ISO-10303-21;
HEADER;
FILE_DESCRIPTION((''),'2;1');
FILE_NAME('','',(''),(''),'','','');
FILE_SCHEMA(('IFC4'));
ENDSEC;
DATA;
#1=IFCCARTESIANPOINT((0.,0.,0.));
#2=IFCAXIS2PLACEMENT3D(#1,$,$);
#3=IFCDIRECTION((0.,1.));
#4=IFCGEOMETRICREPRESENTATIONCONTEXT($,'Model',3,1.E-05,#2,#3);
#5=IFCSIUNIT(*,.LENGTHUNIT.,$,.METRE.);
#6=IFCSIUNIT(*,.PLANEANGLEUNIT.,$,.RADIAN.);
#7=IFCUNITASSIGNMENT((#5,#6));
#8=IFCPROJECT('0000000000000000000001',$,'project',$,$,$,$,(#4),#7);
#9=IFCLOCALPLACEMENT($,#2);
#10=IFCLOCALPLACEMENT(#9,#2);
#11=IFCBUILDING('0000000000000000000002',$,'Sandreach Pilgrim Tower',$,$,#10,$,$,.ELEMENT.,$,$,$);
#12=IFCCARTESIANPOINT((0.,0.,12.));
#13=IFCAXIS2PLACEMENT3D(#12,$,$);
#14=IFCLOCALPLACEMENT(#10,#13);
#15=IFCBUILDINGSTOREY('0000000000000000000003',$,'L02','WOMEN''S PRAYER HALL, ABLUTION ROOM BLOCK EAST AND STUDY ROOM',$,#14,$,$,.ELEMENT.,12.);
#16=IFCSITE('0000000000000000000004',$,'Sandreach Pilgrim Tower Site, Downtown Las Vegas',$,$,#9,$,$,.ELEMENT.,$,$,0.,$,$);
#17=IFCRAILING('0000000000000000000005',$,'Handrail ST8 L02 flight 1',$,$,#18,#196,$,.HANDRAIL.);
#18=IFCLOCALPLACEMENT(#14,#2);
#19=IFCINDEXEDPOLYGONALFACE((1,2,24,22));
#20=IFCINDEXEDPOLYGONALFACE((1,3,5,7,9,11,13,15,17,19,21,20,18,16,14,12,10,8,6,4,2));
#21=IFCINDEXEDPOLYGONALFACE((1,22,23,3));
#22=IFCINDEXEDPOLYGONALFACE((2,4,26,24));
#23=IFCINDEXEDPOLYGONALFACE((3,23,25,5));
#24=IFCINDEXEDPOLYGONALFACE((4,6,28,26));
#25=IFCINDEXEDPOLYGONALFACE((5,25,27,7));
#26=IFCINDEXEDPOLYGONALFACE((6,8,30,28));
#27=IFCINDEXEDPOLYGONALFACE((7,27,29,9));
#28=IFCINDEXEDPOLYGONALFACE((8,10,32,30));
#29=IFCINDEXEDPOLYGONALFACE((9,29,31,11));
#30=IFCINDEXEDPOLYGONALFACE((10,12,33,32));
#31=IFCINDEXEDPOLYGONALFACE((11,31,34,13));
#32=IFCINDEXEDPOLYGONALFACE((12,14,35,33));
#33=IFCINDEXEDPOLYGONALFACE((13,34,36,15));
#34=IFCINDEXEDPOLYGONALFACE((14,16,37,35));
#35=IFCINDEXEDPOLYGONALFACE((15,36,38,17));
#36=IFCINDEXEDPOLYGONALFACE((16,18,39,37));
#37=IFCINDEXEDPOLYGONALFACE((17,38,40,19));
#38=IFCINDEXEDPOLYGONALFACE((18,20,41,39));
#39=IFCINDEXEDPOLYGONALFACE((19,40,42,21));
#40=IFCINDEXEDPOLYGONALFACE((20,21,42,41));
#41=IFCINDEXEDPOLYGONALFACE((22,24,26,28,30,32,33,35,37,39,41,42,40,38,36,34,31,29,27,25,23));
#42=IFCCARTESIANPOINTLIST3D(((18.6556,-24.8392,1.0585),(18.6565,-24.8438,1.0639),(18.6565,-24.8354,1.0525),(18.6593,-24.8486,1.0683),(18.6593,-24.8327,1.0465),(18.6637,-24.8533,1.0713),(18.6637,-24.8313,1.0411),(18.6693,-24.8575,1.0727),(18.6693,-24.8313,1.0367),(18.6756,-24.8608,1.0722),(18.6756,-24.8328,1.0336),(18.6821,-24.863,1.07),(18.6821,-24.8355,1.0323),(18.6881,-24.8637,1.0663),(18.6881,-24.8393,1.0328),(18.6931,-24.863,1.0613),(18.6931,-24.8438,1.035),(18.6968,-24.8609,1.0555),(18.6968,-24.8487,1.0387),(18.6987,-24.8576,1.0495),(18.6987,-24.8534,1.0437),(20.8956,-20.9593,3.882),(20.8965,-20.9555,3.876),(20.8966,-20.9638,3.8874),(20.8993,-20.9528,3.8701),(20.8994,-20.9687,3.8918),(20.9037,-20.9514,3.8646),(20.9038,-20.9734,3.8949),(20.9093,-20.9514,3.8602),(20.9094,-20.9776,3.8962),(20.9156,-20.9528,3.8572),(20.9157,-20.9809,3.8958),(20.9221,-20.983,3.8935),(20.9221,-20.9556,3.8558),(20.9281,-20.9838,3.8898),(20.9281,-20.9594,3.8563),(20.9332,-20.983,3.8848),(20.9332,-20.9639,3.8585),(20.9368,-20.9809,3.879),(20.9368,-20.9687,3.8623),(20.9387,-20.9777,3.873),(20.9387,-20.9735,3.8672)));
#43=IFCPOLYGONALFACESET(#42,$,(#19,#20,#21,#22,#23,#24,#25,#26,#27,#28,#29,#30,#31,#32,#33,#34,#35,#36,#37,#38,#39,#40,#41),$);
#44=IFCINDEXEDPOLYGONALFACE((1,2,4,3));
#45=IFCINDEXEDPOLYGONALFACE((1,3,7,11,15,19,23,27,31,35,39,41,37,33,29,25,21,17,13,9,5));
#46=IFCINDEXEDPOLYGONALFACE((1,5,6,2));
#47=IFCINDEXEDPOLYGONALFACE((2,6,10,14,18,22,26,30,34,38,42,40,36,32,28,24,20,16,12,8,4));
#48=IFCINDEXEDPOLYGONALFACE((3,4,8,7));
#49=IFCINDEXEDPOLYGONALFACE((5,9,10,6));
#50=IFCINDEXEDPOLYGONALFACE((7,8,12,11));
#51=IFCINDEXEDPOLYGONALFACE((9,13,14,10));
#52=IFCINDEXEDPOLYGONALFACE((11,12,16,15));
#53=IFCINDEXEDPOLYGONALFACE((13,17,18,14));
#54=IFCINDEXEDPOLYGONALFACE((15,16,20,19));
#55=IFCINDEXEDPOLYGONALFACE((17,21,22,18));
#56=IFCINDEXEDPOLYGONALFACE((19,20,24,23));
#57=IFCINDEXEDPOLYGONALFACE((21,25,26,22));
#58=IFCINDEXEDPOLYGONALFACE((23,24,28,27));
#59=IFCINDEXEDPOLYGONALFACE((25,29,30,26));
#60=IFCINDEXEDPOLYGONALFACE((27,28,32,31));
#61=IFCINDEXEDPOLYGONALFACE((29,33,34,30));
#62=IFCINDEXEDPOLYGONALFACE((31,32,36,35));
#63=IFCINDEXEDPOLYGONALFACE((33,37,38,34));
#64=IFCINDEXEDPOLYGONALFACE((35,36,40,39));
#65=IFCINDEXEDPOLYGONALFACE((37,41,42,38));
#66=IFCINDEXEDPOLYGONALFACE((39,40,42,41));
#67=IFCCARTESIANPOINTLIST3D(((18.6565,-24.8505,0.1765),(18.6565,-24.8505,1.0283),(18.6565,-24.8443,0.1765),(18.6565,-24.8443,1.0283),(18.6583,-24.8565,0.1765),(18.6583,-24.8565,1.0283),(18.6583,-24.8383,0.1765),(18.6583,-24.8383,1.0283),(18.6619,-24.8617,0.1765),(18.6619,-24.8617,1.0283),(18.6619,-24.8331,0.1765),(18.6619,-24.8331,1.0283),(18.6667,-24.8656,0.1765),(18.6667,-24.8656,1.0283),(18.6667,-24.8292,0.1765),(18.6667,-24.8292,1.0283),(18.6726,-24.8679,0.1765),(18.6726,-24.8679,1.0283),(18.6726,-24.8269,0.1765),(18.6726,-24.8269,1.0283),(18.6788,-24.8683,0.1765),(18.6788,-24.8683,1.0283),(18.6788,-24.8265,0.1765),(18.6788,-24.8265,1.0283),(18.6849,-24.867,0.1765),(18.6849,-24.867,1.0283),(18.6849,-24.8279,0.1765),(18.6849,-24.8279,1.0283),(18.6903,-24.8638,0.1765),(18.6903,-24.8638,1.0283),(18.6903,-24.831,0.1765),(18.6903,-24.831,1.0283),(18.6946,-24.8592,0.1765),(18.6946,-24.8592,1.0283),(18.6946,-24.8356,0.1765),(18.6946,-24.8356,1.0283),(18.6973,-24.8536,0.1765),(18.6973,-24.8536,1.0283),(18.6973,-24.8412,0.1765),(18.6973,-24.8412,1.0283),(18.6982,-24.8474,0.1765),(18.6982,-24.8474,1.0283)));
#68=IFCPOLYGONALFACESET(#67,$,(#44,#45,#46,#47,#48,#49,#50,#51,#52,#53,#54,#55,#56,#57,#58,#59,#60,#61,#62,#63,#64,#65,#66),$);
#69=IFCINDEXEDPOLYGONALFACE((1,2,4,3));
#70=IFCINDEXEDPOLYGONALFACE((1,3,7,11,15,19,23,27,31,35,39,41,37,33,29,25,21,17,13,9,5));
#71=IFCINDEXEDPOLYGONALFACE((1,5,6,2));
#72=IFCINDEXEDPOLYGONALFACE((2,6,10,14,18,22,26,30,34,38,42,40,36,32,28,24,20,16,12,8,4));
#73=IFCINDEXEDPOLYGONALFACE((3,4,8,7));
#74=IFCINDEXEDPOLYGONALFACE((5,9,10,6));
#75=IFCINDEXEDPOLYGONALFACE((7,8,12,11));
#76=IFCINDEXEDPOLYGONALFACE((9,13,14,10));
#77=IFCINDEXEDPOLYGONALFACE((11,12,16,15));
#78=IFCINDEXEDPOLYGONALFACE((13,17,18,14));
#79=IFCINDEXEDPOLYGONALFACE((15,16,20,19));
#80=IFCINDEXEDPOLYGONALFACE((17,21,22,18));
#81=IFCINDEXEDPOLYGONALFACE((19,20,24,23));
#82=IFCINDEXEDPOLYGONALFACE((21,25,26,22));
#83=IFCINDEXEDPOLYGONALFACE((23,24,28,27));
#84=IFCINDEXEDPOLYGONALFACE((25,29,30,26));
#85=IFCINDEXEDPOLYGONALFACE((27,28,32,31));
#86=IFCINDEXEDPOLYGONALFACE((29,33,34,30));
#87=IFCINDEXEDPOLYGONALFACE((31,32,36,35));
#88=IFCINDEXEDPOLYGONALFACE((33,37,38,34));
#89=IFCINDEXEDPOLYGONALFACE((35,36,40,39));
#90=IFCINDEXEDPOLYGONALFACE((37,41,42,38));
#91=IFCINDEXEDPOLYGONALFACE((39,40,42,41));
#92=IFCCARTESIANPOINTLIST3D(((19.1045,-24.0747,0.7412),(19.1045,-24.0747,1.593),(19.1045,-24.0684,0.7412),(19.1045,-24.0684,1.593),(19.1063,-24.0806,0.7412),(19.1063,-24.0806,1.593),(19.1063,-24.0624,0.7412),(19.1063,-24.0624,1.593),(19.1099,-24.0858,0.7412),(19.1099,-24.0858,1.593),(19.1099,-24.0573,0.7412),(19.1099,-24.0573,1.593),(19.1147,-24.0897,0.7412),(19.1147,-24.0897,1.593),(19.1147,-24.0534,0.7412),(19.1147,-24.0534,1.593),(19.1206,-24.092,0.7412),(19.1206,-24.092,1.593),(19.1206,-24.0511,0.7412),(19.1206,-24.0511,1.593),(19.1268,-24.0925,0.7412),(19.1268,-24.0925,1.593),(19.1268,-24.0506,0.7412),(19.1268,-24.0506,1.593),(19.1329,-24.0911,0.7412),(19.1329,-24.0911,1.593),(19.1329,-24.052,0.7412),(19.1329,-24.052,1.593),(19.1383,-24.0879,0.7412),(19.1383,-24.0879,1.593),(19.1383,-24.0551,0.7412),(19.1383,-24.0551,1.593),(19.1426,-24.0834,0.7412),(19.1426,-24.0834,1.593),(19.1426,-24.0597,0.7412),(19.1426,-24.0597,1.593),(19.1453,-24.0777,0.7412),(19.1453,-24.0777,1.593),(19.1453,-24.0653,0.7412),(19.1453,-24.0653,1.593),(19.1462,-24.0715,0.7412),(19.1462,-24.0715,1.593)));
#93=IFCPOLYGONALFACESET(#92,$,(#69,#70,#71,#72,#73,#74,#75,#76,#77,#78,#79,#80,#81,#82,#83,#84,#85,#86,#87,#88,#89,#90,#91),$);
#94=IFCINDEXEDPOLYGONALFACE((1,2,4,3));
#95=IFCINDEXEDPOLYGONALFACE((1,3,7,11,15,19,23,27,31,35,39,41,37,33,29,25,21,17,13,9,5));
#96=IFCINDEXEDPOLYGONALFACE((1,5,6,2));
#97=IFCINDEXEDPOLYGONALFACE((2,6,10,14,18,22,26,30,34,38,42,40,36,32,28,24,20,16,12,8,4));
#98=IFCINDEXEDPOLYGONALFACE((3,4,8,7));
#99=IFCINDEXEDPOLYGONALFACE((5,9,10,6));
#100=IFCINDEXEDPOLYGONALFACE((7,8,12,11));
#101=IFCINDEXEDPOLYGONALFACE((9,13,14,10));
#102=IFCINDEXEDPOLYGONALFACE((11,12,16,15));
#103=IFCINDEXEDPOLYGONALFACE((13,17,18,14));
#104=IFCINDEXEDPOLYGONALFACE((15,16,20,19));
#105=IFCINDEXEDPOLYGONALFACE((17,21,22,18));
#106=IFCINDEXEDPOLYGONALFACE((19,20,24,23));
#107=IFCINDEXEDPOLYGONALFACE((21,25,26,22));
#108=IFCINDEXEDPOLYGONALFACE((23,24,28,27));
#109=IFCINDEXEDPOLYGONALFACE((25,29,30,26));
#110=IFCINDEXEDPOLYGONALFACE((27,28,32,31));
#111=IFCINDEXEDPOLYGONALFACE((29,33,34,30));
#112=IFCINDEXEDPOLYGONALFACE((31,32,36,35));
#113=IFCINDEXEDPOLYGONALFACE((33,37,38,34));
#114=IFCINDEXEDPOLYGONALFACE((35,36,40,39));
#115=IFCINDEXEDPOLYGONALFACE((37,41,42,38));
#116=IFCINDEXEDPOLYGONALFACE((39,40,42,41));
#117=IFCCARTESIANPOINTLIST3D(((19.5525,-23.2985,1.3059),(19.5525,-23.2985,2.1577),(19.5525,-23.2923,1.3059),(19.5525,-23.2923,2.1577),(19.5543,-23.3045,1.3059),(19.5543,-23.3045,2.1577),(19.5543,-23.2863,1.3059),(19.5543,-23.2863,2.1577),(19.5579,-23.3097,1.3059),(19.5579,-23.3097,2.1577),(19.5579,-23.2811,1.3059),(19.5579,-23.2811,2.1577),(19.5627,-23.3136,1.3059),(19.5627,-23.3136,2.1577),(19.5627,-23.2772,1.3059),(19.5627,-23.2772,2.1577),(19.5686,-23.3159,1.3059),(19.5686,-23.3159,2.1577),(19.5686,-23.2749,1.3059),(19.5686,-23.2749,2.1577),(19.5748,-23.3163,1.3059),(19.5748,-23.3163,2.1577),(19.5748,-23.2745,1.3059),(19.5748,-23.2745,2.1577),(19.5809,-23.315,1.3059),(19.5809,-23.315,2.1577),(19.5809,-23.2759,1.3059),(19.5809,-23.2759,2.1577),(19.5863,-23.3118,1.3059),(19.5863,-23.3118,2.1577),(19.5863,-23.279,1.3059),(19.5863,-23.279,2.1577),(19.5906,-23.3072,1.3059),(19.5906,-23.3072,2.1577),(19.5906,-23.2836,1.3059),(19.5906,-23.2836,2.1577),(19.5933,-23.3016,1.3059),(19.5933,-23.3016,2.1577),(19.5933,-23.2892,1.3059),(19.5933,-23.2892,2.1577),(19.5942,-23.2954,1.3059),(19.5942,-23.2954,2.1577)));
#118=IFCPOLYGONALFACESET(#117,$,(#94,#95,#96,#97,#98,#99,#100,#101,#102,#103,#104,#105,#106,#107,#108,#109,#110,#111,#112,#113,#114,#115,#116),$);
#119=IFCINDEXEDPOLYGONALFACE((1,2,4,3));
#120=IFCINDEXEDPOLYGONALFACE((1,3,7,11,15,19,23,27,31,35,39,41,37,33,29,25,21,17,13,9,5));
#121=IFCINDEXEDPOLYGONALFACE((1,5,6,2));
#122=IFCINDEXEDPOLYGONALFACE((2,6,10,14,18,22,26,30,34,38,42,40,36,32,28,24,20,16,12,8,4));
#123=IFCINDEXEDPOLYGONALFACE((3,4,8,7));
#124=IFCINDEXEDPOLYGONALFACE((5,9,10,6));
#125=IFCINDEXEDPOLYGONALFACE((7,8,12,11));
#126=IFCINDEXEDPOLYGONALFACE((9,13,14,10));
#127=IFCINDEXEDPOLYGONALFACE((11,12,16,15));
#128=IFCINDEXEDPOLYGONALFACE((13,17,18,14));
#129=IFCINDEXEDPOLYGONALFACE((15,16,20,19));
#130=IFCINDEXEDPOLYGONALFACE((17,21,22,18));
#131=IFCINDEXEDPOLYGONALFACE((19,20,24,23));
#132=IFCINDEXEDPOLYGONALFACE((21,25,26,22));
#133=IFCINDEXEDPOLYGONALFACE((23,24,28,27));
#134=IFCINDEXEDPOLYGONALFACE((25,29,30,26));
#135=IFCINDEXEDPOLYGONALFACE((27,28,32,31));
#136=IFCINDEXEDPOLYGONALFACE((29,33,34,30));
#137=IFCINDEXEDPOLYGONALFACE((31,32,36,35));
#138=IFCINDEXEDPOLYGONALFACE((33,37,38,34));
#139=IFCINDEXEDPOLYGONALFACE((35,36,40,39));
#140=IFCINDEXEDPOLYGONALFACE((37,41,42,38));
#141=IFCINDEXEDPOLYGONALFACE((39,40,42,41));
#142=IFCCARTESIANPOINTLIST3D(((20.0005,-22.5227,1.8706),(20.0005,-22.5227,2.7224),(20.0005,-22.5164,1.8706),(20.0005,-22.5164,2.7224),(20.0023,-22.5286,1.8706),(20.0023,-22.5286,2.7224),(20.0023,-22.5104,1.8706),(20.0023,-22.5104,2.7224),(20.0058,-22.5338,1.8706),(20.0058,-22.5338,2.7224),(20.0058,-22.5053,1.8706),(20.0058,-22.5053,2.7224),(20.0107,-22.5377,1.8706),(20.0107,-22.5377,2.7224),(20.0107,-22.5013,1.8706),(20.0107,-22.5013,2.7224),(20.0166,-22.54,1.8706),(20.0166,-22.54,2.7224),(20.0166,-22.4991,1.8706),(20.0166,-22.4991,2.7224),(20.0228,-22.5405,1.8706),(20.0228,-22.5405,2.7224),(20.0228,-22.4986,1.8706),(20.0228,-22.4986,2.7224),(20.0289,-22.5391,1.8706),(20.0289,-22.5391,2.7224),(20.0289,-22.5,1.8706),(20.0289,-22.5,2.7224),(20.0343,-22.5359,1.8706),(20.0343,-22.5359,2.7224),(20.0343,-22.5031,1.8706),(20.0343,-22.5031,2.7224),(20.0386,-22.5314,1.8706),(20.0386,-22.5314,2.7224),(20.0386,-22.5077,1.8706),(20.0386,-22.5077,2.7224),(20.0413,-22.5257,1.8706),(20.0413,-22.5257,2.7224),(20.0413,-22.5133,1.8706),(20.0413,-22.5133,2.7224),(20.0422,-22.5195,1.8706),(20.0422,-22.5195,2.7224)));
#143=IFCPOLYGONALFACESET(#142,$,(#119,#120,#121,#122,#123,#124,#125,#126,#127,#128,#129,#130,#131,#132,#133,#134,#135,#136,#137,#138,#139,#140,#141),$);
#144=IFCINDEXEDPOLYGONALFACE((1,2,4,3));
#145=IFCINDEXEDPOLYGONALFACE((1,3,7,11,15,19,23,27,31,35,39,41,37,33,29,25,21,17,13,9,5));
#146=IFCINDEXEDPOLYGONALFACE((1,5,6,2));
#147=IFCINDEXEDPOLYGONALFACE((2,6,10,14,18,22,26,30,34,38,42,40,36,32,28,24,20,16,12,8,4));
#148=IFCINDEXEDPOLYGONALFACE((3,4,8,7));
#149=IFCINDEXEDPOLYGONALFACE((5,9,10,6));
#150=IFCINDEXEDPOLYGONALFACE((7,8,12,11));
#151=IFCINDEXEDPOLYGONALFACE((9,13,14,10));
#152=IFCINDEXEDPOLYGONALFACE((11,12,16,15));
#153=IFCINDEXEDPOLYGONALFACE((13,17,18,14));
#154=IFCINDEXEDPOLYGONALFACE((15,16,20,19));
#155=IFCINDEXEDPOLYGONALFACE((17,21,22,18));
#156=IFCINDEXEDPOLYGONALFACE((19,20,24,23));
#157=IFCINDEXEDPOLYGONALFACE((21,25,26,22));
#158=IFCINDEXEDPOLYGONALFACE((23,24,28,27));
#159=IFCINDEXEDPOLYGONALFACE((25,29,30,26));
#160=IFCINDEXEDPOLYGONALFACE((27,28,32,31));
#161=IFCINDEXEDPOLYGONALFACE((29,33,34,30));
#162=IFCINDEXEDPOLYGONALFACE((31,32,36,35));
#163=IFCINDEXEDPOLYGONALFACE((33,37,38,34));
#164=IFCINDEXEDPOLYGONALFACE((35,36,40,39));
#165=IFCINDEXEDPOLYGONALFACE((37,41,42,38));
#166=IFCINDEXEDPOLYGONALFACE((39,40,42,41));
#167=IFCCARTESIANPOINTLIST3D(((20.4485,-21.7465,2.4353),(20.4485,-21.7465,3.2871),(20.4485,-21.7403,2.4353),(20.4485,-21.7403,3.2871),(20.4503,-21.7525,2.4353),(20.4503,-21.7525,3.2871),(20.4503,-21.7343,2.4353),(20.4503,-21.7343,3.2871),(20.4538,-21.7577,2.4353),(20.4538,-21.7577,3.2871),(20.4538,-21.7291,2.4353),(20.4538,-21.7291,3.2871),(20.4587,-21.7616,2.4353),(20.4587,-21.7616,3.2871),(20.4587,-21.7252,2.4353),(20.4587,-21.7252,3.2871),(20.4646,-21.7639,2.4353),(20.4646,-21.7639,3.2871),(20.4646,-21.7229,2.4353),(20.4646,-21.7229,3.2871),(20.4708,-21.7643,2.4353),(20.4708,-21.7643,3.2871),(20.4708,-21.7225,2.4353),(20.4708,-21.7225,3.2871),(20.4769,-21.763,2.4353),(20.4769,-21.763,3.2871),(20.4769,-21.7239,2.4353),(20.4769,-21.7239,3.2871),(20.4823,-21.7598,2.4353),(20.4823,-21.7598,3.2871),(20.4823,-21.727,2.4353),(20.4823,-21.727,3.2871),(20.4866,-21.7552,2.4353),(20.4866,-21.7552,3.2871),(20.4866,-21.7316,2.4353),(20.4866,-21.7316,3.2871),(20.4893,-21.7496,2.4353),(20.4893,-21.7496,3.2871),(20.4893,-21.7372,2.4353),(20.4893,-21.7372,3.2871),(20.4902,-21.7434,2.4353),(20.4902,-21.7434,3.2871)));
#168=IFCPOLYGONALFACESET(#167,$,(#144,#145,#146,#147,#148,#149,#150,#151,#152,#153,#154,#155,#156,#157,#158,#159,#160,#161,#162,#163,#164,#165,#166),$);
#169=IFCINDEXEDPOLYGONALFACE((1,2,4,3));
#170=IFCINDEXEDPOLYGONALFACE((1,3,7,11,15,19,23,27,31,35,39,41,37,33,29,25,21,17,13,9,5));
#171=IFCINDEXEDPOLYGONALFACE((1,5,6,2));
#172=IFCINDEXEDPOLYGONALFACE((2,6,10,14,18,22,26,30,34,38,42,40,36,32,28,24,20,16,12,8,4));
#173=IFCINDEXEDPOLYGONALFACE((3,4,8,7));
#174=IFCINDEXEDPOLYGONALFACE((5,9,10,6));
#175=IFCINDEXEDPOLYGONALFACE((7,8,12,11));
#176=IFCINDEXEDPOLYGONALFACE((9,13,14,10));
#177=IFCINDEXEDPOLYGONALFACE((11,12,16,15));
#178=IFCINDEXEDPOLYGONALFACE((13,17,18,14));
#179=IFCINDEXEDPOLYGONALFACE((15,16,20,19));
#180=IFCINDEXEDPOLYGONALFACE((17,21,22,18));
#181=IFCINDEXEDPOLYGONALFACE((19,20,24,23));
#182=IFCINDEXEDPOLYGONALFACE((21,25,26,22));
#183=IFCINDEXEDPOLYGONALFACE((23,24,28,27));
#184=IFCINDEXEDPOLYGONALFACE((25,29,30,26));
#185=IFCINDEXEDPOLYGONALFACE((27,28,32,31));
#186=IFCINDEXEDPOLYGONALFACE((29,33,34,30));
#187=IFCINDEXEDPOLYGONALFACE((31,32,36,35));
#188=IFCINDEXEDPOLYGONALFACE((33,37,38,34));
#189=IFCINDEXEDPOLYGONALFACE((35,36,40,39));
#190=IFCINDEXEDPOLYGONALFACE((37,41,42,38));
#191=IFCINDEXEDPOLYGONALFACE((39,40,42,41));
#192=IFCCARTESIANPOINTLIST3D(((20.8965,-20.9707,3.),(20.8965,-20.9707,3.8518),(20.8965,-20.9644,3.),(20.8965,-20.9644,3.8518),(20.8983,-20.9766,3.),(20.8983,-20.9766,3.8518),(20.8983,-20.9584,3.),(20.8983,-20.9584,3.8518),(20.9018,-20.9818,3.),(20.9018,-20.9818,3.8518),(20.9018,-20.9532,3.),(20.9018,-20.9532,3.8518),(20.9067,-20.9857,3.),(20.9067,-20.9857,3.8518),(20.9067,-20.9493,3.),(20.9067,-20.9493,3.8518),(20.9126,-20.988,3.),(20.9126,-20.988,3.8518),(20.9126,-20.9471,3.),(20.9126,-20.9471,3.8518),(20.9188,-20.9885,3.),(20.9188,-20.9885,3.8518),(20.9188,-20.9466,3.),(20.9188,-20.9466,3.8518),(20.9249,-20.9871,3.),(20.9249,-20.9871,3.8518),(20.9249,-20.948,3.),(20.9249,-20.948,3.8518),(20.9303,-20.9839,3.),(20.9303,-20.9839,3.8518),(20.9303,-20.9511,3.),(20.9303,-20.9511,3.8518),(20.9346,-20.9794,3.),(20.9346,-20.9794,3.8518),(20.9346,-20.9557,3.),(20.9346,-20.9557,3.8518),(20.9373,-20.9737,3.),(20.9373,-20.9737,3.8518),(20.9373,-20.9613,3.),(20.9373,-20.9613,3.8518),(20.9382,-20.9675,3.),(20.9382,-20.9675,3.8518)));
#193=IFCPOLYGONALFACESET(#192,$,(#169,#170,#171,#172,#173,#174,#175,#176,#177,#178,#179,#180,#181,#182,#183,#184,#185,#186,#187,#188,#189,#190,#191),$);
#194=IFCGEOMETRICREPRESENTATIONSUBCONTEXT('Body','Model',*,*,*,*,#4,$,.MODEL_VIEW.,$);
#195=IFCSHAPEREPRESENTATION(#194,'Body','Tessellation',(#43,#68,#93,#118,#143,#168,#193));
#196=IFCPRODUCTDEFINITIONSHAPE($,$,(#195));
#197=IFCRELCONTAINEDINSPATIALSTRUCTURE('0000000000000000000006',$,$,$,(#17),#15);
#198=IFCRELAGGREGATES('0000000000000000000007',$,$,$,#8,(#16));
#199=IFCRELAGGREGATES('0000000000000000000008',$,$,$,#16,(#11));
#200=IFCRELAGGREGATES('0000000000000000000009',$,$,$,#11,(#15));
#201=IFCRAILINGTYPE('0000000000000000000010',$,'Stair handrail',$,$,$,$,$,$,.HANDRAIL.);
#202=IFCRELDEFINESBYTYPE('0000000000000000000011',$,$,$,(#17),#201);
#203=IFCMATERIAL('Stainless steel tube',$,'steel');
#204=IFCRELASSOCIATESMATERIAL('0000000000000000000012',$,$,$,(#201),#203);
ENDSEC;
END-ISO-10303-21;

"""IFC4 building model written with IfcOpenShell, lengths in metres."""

from ifc_helpers import new_model, si_unit, direction, frame, origin, origin_2d, place, context, subcontext, project, spatial, circle, extrude, material, type_object, element, save


model = new_model("IFC4")

# Units and contexts
model_context = context("Model", 3, precision=1e-05, world=origin(), true_north=direction((0.0, 1.0)))
body_context = subcontext(model_context, "Body", "Model", "MODEL_VIEW")
ifc_project = project(units=[si_unit("LENGTHUNIT", "METRE"), si_unit("PLANEANGLEUNIT", "RADIAN")], contexts=[model_context])

# Site, building, storey
site_placement = place(None, origin())
site = spatial("IfcSite", under=ifc_project, at=site_placement, Name="Sandreach Pilgrim Tower Site, Downtown Las Vegas", CompositionType="ELEMENT", RefElevation=0.0)
building_placement = place(site_placement, origin())
building = spatial("IfcBuilding", under=site, at=building_placement, Name="Sandreach Pilgrim Tower", CompositionType="ELEMENT")
storey_placement = place(building_placement, frame((0.0, 0.0, 12.0)))
storey = spatial("IfcBuildingStorey", under=building, at=storey_placement, Name="L02", Description="WOMEN'S PRAYER HALL, ABLUTION ROOM BLOCK EAST AND STUDY ROOM", CompositionType="ELEMENT", Elevation=12.0)

# Railing
ifc_material_1 = material(Name="Stainless steel tube", Category="steel")
railing_type = type_object("IfcRailingType", Name="Stair handrail", PredefinedType="HANDRAIL", material=ifc_material_1)
railing_1_placement = place(storey_placement, frame((18.6772, -24.8474, 0.1765)))
element("IfcRailing", 1, at=railing_1_placement, inside=storey, type_object=railing_type, Name="Handrail ST8 L02 flight 1", PredefinedType="HANDRAIL", context=body_context, shape_type="SweptSolid", body=[
    extrude(circle(Radius=0.0239, at=origin_2d()), frame((0.0, 0.0, 0.876), z_axis=(0.422993, 0.732665, 0.533178), x_axis=(-0.866031, 0.49999, 0.0)), (0.0, 0.0, 1.0), 5.2957),
    extrude(circle(Radius=0.021, at=origin_2d()), origin(), (0.0, 0.0, 1.0), 0.8518),
    extrude(circle(Radius=0.021, at=origin_2d()), frame((0.448, 0.7759, 0.5647)), (0.0, 0.0, 1.0), 0.8518),
    extrude(circle(Radius=0.021, at=origin_2d()), frame((0.896, 1.552, 1.1294)), (0.0, 0.0, 1.0), 0.8518),
    extrude(circle(Radius=0.021, at=origin_2d()), frame((1.344, 2.3279, 1.6941)), (0.0, 0.0, 1.0), 0.8518),
    extrude(circle(Radius=0.021, at=origin_2d()), frame((1.792, 3.104, 2.2588)), (0.0, 0.0, 1.0), 0.8518),
    extrude(circle(Radius=0.021, at=origin_2d()), frame((2.24, 3.8799, 2.8235)), (0.0, 0.0, 1.0), 0.8518),
])

save(model, "model.ifc")
